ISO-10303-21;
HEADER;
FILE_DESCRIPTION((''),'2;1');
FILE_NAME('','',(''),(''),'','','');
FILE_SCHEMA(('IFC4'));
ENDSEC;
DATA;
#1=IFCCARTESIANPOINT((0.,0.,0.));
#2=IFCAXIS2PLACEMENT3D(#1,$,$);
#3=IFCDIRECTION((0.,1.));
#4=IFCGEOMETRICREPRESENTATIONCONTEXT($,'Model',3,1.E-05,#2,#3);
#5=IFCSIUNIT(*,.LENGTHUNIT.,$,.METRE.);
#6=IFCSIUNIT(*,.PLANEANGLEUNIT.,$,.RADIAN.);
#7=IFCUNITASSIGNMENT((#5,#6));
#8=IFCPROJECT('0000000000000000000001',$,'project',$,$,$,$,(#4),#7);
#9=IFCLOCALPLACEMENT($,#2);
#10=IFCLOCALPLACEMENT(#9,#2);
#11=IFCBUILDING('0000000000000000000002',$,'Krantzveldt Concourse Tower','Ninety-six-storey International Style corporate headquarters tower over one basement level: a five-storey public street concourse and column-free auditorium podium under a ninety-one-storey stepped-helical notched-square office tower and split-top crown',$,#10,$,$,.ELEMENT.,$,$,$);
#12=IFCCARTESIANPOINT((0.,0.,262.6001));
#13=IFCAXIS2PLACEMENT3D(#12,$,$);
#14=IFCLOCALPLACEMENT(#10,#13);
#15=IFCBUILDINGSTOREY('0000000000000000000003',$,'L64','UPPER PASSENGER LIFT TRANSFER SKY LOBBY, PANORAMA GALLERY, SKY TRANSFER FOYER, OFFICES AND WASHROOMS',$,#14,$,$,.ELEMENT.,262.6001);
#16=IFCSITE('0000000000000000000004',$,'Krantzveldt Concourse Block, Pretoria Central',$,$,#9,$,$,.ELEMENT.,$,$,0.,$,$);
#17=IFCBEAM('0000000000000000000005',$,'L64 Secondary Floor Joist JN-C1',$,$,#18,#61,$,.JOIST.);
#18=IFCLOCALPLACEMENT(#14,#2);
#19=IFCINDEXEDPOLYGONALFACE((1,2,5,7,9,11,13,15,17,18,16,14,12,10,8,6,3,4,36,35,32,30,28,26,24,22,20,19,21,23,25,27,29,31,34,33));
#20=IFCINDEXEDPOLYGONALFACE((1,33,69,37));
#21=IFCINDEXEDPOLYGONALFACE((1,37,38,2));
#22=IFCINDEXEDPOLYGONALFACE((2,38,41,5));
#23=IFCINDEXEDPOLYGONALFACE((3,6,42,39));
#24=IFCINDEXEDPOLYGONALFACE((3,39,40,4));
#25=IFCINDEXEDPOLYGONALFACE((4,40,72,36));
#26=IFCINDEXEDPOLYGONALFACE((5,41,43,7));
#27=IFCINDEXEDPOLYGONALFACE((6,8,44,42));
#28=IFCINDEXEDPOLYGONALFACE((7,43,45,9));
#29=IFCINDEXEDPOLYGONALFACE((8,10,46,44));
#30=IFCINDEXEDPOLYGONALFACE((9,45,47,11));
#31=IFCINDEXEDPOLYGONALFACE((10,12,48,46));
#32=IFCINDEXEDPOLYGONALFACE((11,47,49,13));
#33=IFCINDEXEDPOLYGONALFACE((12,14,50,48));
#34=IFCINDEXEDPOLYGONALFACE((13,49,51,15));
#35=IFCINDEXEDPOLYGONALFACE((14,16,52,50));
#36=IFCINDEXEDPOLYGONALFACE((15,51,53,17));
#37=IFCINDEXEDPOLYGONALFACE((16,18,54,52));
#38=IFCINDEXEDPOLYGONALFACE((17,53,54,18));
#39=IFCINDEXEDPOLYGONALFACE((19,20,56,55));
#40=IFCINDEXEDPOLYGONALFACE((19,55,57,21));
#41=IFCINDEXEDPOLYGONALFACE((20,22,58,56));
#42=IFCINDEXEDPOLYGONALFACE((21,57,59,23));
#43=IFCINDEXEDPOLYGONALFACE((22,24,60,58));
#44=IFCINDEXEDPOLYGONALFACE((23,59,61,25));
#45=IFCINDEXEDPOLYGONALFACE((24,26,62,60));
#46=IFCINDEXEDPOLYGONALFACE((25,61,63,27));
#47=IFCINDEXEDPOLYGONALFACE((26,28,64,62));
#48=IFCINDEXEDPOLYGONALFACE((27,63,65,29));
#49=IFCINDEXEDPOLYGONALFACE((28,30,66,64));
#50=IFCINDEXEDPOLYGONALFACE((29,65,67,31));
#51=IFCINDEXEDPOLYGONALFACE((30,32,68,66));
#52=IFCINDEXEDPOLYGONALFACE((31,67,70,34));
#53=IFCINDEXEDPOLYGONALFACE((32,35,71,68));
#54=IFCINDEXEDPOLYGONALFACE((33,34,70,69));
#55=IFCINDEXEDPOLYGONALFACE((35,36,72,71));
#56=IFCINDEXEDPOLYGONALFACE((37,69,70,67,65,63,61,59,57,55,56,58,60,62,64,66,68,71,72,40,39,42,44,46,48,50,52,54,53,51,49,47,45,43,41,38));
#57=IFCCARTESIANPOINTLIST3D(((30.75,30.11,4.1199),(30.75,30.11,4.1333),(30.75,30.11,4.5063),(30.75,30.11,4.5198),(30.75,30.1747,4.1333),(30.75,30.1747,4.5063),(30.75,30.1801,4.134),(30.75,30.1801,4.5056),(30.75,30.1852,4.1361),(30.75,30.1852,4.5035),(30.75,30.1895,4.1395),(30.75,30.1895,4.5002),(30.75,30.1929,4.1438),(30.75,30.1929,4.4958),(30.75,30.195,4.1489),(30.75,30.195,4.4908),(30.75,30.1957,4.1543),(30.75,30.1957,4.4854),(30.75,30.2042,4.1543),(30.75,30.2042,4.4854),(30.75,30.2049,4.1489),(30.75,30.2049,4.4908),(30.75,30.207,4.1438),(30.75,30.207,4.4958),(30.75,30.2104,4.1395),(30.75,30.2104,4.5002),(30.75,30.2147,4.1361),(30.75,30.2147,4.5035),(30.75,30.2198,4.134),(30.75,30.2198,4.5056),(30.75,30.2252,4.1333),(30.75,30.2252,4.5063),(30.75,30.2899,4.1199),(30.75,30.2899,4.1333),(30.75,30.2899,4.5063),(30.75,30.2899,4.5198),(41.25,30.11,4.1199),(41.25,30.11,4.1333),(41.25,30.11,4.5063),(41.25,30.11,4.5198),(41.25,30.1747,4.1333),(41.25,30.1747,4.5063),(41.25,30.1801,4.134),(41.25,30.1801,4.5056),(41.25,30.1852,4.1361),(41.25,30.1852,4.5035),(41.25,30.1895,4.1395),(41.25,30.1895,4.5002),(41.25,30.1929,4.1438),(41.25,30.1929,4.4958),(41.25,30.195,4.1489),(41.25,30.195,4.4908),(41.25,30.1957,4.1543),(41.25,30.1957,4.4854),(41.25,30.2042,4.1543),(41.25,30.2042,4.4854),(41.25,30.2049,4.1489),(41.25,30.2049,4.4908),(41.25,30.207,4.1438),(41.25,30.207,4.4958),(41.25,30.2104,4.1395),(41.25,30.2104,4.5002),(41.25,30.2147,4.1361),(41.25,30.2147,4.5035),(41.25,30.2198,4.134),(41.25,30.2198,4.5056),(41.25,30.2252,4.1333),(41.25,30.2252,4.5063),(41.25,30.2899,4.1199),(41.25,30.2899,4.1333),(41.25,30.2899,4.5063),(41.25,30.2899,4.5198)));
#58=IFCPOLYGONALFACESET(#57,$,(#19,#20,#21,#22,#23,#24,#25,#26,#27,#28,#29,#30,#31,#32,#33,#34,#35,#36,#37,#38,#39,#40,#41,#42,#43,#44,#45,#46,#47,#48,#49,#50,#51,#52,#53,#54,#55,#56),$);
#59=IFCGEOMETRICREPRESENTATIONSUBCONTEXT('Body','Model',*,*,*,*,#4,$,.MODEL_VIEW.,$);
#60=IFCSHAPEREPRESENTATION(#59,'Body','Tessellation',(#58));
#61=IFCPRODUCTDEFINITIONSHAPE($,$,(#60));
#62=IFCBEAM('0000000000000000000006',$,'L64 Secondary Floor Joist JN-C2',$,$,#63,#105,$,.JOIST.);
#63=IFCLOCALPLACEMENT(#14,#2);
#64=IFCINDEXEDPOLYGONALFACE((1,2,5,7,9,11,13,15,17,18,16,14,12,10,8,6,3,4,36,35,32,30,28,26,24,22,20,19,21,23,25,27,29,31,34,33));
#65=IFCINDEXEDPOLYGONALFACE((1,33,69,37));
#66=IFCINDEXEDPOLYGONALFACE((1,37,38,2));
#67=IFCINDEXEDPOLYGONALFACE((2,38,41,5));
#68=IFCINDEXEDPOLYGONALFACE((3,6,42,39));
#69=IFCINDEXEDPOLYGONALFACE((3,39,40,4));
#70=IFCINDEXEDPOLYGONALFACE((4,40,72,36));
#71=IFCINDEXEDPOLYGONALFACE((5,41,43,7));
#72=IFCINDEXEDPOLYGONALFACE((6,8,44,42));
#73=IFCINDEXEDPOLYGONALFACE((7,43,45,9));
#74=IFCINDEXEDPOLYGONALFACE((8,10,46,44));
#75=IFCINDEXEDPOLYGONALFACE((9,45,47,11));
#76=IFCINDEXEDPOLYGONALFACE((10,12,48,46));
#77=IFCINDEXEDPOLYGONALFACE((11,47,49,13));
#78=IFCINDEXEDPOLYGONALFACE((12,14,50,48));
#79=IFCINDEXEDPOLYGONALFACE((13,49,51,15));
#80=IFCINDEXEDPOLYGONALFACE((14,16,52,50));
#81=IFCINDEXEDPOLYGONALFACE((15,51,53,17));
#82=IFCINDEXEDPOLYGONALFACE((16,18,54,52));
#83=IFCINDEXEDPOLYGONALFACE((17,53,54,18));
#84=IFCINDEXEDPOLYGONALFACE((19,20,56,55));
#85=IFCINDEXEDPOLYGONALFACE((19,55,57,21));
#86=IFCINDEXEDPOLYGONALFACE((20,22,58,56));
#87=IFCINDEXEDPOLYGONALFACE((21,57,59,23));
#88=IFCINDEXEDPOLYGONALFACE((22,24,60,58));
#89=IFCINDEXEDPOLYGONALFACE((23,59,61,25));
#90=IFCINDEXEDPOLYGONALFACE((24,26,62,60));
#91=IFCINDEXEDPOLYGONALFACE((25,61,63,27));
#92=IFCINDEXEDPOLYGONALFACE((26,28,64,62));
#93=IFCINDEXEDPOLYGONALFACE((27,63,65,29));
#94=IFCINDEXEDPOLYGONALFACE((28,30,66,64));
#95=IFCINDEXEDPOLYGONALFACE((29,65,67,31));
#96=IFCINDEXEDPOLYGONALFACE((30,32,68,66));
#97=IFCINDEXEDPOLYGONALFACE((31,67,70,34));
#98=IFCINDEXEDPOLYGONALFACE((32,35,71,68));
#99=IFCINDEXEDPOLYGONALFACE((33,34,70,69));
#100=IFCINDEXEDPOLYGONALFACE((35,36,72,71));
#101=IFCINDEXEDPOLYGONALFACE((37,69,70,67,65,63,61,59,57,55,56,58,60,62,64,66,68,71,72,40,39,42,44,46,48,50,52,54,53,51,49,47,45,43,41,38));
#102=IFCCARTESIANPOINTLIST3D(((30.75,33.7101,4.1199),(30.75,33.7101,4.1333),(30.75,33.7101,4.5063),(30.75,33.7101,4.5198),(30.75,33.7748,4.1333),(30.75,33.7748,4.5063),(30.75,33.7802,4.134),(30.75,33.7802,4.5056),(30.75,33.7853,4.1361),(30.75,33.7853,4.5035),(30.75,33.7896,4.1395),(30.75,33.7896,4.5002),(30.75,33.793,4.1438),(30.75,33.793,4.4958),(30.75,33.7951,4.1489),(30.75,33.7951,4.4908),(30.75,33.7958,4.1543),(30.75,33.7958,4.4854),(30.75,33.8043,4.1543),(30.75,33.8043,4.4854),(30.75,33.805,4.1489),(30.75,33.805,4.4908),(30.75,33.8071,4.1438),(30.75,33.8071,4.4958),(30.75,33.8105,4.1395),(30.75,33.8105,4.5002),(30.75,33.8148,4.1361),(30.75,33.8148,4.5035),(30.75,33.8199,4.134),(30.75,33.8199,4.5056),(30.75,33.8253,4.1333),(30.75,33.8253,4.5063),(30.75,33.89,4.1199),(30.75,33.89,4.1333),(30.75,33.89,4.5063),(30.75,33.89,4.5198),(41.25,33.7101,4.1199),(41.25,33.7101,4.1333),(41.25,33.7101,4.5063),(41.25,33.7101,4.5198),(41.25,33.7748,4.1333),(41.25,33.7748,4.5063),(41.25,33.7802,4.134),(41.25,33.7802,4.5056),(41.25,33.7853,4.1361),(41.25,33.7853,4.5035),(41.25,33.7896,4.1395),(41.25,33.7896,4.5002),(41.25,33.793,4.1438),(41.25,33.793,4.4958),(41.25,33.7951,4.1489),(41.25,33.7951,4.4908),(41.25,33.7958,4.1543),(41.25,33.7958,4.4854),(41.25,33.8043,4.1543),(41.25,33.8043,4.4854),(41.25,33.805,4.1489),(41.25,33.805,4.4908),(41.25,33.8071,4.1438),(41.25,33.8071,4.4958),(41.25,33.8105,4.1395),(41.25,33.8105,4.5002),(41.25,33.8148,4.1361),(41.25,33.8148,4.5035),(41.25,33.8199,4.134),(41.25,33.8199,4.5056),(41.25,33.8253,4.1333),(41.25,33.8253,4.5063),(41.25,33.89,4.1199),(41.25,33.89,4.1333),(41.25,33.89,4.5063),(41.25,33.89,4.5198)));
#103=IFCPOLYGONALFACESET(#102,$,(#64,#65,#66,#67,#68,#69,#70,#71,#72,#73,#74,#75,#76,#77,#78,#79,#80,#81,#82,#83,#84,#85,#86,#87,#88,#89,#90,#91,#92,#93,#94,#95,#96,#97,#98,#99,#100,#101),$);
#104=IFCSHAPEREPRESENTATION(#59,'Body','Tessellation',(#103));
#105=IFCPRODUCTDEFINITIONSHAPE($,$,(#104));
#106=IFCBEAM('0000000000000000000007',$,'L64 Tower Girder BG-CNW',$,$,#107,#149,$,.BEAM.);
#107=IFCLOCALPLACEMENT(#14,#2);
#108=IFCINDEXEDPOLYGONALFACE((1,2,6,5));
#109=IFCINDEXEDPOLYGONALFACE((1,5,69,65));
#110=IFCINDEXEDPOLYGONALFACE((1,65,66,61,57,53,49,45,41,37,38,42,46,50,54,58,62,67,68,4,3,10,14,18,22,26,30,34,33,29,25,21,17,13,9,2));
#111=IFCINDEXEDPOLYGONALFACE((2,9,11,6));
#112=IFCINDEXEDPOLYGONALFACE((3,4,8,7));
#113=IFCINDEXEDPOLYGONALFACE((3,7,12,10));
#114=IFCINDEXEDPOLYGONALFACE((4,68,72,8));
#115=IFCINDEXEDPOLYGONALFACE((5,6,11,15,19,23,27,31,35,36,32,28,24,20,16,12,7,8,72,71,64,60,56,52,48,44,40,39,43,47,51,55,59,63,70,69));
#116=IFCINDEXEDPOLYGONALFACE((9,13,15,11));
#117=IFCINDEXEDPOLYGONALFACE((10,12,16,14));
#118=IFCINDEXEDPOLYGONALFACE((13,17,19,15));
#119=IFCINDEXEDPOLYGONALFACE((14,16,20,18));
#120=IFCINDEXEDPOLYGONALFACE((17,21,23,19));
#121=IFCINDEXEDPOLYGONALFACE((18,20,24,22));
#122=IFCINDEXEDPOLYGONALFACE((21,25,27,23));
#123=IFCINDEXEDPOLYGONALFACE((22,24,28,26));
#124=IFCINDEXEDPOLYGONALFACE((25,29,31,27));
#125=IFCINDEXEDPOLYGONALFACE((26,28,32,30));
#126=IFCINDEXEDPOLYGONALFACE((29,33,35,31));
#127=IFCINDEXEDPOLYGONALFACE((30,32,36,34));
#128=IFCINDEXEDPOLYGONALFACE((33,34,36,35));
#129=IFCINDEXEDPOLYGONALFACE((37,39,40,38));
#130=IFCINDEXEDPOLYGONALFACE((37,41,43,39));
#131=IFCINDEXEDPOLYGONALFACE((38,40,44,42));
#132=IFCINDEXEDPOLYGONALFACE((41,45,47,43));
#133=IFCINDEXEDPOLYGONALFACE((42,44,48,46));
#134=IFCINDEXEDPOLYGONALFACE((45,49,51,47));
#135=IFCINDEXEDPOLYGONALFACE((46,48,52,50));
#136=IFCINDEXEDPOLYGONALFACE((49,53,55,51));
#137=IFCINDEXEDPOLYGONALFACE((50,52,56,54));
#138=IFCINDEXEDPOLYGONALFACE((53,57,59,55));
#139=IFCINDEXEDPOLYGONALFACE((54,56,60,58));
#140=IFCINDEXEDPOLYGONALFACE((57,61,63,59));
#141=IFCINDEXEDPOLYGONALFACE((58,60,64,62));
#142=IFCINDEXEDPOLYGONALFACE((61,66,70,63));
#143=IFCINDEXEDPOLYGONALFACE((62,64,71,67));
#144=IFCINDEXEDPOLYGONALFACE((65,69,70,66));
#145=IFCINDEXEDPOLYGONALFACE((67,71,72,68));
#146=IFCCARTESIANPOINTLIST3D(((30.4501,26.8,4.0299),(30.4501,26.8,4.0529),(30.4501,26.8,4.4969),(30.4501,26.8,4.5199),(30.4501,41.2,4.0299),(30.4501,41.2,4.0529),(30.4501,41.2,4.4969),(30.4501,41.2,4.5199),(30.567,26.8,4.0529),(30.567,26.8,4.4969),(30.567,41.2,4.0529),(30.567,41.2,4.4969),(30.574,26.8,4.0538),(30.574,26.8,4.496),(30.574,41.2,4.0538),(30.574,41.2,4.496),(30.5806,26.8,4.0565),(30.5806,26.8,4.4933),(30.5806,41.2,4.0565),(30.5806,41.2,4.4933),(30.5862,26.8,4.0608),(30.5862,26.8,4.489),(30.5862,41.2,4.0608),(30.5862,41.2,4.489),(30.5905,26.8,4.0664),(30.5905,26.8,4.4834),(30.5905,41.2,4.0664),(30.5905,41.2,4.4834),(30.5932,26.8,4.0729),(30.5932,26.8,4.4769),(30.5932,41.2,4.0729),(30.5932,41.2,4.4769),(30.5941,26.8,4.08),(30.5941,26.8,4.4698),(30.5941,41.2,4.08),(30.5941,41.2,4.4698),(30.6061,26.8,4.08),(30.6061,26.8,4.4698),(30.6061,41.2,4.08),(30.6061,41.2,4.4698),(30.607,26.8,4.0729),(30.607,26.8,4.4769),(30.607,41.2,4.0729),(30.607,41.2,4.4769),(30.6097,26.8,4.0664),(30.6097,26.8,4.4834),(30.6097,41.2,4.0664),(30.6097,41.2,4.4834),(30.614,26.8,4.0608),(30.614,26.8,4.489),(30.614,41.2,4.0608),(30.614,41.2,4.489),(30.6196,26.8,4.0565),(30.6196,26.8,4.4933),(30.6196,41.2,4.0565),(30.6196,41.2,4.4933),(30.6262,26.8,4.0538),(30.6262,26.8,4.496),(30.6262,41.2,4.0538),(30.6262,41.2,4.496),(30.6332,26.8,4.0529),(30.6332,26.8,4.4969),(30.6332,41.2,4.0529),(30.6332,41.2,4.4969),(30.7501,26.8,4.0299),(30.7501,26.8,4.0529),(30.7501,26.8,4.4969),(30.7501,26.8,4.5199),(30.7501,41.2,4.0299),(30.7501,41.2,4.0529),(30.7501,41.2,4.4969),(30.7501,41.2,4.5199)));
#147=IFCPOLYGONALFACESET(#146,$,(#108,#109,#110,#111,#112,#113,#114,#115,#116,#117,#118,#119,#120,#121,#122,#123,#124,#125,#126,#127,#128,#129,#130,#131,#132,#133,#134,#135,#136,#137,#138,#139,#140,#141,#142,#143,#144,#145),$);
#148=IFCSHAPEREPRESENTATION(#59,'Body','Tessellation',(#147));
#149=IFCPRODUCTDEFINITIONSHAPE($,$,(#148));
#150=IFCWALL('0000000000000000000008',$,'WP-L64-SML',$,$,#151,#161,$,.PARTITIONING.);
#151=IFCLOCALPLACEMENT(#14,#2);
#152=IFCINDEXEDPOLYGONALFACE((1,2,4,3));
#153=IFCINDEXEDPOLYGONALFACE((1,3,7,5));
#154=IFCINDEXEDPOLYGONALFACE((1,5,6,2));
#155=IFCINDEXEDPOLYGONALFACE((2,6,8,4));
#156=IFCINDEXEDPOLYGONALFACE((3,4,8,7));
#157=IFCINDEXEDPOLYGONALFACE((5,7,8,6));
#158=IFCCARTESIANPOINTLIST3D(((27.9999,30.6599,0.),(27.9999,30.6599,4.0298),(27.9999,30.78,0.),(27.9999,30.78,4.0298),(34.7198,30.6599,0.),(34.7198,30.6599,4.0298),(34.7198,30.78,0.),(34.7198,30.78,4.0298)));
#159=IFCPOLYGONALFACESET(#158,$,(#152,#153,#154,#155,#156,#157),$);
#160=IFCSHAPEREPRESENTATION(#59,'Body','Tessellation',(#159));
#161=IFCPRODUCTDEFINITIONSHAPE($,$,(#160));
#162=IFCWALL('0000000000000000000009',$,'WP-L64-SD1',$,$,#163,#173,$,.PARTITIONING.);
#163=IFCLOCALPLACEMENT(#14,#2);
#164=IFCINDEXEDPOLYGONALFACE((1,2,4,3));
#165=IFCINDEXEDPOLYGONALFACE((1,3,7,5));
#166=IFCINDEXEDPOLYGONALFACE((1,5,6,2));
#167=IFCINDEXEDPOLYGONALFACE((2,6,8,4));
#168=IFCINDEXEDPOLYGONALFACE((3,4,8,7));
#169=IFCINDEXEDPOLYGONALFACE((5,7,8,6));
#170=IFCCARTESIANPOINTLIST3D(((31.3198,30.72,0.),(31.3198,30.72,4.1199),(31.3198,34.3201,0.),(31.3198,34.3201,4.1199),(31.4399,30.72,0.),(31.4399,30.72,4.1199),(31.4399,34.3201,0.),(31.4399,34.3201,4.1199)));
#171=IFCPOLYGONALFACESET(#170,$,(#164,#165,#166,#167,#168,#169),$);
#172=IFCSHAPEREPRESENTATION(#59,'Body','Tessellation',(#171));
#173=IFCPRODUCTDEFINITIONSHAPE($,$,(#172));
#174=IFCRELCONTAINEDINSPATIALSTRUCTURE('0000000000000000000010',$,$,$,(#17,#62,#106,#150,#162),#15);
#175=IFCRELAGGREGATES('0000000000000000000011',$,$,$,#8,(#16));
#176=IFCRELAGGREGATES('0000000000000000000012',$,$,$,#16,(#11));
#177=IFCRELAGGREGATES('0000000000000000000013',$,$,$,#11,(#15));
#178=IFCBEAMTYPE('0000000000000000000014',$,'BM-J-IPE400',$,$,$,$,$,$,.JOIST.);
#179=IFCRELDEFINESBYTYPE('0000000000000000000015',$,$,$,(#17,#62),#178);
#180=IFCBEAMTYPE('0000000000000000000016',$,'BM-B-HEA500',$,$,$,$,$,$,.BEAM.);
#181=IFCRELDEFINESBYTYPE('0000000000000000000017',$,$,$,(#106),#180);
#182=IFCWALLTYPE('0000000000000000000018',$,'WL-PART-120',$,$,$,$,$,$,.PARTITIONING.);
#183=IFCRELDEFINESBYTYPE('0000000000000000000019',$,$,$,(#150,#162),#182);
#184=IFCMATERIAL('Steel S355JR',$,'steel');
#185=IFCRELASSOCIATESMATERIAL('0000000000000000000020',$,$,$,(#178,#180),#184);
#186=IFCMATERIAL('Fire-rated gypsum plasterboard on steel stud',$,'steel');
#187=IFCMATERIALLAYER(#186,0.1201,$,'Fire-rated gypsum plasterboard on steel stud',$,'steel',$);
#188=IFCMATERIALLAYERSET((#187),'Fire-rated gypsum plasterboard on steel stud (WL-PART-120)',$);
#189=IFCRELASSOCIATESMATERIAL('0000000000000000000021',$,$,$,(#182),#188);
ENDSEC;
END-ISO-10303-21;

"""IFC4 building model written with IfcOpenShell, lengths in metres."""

from ifc_helpers import new_model, si_unit, direction, frame, frame_2d, origin, origin_2d, place, context, subcontext, project, spatial, rectangle, i_section, extrude, source, transform, mapped, material, layer, layer_set, material_profile, profile_set, type_object, type_shapes, element, save


model = new_model("IFC4")

# Units and contexts
model_context = context("Model", 3, precision=1e-05, world=origin(), true_north=direction((0.0, 1.0)))
body_context = subcontext(model_context, "Body", "Model", "MODEL_VIEW")
ifc_project = project(units=[si_unit("LENGTHUNIT", "METRE"), si_unit("PLANEANGLEUNIT", "RADIAN")], contexts=[model_context])

# Site, building, storey
site_placement = place(None, origin())
site = spatial("IfcSite", under=ifc_project, at=site_placement, Name="Krantzveldt Concourse Block, Pretoria Central", CompositionType="ELEMENT", RefElevation=0.0)
building_placement = place(site_placement, origin())
building = spatial("IfcBuilding", under=site, at=building_placement, Name="Krantzveldt Concourse Tower", Description="Ninety-six-storey International Style corporate headquarters tower over one basement level: a five-storey public street concourse and column-free auditorium podium under a ninety-one-storey stepped-helical notched-square office tower and split-top crown", CompositionType="ELEMENT")
storey_placement = place(building_placement, frame((0.0, 0.0, 262.6001)))
storey = spatial("IfcBuildingStorey", under=building, at=storey_placement, Name="L64", Description="UPPER PASSENGER LIFT TRANSFER SKY LOBBY, PANORAMA GALLERY, SKY TRANSFER FOYER, OFFICES AND WASHROOMS", CompositionType="ELEMENT", Elevation=262.6001)

# Beams
ifc_material_1 = material(Name="Steel S355JR", Category="steel")
ifc_material_profile_1 = material_profile(ifc_material_1, i_section(OverallWidth=0.1799, OverallDepth=0.3999, WebThickness=0.0085, FlangeThickness=0.0134, FilletRadius=0.021, at=origin_2d()), Name="Steel S355JR", Category="steel")
ifc_profile_set_1 = profile_set([ifc_material_profile_1], Name="Steel S355JR - IPE 400")
beam_type_1 = type_object("IfcBeamType", Name="BM-J-IPE400", PredefinedType="JOIST", material=ifc_profile_set_1)
shared_shape_1 = source(origin(), body_context, "Body", "SweptSolid", [
    extrude(i_section(OverallWidth=0.1799, OverallDepth=0.3999, WebThickness=0.0085, FlangeThickness=0.0134, FilletRadius=0.021, at=origin_2d()), origin(), (0.0, 0.0, 1.0), 10.5),
])
type_shapes(beam_type_1, [shared_shape_1])
for number, where, z_axis, x_axis, name in (
    (1, (30.75, 30.2, 4.3198), (1.0, 0.0, 0.0), (0.0, 1.0, 0.0), "L64 Secondary Floor Joist JN-C1"),
    (2, (30.75, 33.8, 4.3198), (1.0, 0.0, 0.0), (0.0, 1.0, 0.0), "L64 Secondary Floor Joist JN-C2"),
):
    element("IfcBeam", number, at=place(storey_placement, frame(where, z_axis=z_axis, x_axis=x_axis)), inside=storey, type_object=beam_type_1, Name=name, PredefinedType="JOIST", context=body_context, shape_type="MappedRepresentation", body=[
        mapped(shared_shape_1, transform((0.0, 0.0, 0.0), x_axis=(1.0, 0.0, 0.0), y_axis=(0.0, 1.0, 0.0), z_axis=(0.0, 0.0, 1.0), scale=1.0)),
    ])
ifc_material_profile_2 = material_profile(ifc_material_1, i_section(OverallWidth=0.3, OverallDepth=0.49, WebThickness=0.012, FlangeThickness=0.0229, FilletRadius=0.0271, at=origin_2d()), Name="Steel S355JR", Category="steel")
ifc_profile_set_2 = profile_set([ifc_material_profile_2], Name="Steel S355JR - HEA 500")
beam_type_2 = type_object("IfcBeamType", Name="BM-B-HEA500", PredefinedType="BEAM", material=ifc_profile_set_2)
shared_shape_2 = source(origin(), body_context, "Body", "SweptSolid", [
    extrude(i_section(OverallWidth=0.3, OverallDepth=0.49, WebThickness=0.012, FlangeThickness=0.0229, FilletRadius=0.0271, at=origin_2d()), origin(), (0.0, 0.0, 1.0), 14.3999),
])
type_shapes(beam_type_2, [shared_shape_2])
beam_placement = place(storey_placement, frame((30.6001, 26.8, 4.2749), z_axis=(0.0, 1.0, 0.0), x_axis=(-1.0, 0.0, 0.0)))
element("IfcBeam", 3, at=beam_placement, inside=storey, type_object=beam_type_2, Name="L64 Tower Girder BG-CNW", PredefinedType="BEAM", context=body_context, shape_type="MappedRepresentation", body=[
    mapped(shared_shape_2, transform((0.0, 0.0, 0.0), x_axis=(1.0, 0.0, 0.0), y_axis=(0.0, 1.0, 0.0), z_axis=(0.0, 0.0, 1.0), scale=1.0)),
])

# Walls
ifc_material_2 = material(Name="Fire-rated gypsum plasterboard on steel stud", Category="steel")
ifc_layer_1 = layer(ifc_material_2, 0.1201, Name="Fire-rated gypsum plasterboard on steel stud", Category="steel")
ifc_layer_set_1 = layer_set([ifc_layer_1], Name="Fire-rated gypsum plasterboard on steel stud (WL-PART-120)")
wall_type_1 = type_object("IfcWallType", Name="WL-PART-120", PredefinedType="PARTITIONING", material=ifc_layer_set_1)
wall_1_placement = place(storey_placement, frame((28.0, 30.72, 0.0), z_axis=(0.0, 0.0, 1.0), x_axis=(1.0, 0.0, 0.0)))
element("IfcWall", 4, at=wall_1_placement, inside=storey, type_object=wall_type_1, Name="WP-L64-SML", PredefinedType="PARTITIONING", context=body_context, shape_type="SweptSolid", body=[
    extrude(rectangle(XDim=6.72, YDim=0.1201, at=frame_2d((3.3599, 0.0))), origin(), (0.0, 0.0, 1.0), 4.0298),
])
wall_2_placement = place(storey_placement, frame((31.3799, 30.72, 0.0), z_axis=(0.0, 0.0, 1.0), x_axis=(0.0, 1.0, 0.0)))
element("IfcWall", 5, at=wall_2_placement, inside=storey, type_object=wall_type_1, Name="WP-L64-SD1", PredefinedType="PARTITIONING", context=body_context, shape_type="SweptSolid", body=[
    extrude(rectangle(XDim=3.6001, YDim=0.1201, at=frame_2d((1.8, 0.0))), origin(), (0.0, 0.0, 1.0), 4.1199),
])

save(model, "model.ifc")
